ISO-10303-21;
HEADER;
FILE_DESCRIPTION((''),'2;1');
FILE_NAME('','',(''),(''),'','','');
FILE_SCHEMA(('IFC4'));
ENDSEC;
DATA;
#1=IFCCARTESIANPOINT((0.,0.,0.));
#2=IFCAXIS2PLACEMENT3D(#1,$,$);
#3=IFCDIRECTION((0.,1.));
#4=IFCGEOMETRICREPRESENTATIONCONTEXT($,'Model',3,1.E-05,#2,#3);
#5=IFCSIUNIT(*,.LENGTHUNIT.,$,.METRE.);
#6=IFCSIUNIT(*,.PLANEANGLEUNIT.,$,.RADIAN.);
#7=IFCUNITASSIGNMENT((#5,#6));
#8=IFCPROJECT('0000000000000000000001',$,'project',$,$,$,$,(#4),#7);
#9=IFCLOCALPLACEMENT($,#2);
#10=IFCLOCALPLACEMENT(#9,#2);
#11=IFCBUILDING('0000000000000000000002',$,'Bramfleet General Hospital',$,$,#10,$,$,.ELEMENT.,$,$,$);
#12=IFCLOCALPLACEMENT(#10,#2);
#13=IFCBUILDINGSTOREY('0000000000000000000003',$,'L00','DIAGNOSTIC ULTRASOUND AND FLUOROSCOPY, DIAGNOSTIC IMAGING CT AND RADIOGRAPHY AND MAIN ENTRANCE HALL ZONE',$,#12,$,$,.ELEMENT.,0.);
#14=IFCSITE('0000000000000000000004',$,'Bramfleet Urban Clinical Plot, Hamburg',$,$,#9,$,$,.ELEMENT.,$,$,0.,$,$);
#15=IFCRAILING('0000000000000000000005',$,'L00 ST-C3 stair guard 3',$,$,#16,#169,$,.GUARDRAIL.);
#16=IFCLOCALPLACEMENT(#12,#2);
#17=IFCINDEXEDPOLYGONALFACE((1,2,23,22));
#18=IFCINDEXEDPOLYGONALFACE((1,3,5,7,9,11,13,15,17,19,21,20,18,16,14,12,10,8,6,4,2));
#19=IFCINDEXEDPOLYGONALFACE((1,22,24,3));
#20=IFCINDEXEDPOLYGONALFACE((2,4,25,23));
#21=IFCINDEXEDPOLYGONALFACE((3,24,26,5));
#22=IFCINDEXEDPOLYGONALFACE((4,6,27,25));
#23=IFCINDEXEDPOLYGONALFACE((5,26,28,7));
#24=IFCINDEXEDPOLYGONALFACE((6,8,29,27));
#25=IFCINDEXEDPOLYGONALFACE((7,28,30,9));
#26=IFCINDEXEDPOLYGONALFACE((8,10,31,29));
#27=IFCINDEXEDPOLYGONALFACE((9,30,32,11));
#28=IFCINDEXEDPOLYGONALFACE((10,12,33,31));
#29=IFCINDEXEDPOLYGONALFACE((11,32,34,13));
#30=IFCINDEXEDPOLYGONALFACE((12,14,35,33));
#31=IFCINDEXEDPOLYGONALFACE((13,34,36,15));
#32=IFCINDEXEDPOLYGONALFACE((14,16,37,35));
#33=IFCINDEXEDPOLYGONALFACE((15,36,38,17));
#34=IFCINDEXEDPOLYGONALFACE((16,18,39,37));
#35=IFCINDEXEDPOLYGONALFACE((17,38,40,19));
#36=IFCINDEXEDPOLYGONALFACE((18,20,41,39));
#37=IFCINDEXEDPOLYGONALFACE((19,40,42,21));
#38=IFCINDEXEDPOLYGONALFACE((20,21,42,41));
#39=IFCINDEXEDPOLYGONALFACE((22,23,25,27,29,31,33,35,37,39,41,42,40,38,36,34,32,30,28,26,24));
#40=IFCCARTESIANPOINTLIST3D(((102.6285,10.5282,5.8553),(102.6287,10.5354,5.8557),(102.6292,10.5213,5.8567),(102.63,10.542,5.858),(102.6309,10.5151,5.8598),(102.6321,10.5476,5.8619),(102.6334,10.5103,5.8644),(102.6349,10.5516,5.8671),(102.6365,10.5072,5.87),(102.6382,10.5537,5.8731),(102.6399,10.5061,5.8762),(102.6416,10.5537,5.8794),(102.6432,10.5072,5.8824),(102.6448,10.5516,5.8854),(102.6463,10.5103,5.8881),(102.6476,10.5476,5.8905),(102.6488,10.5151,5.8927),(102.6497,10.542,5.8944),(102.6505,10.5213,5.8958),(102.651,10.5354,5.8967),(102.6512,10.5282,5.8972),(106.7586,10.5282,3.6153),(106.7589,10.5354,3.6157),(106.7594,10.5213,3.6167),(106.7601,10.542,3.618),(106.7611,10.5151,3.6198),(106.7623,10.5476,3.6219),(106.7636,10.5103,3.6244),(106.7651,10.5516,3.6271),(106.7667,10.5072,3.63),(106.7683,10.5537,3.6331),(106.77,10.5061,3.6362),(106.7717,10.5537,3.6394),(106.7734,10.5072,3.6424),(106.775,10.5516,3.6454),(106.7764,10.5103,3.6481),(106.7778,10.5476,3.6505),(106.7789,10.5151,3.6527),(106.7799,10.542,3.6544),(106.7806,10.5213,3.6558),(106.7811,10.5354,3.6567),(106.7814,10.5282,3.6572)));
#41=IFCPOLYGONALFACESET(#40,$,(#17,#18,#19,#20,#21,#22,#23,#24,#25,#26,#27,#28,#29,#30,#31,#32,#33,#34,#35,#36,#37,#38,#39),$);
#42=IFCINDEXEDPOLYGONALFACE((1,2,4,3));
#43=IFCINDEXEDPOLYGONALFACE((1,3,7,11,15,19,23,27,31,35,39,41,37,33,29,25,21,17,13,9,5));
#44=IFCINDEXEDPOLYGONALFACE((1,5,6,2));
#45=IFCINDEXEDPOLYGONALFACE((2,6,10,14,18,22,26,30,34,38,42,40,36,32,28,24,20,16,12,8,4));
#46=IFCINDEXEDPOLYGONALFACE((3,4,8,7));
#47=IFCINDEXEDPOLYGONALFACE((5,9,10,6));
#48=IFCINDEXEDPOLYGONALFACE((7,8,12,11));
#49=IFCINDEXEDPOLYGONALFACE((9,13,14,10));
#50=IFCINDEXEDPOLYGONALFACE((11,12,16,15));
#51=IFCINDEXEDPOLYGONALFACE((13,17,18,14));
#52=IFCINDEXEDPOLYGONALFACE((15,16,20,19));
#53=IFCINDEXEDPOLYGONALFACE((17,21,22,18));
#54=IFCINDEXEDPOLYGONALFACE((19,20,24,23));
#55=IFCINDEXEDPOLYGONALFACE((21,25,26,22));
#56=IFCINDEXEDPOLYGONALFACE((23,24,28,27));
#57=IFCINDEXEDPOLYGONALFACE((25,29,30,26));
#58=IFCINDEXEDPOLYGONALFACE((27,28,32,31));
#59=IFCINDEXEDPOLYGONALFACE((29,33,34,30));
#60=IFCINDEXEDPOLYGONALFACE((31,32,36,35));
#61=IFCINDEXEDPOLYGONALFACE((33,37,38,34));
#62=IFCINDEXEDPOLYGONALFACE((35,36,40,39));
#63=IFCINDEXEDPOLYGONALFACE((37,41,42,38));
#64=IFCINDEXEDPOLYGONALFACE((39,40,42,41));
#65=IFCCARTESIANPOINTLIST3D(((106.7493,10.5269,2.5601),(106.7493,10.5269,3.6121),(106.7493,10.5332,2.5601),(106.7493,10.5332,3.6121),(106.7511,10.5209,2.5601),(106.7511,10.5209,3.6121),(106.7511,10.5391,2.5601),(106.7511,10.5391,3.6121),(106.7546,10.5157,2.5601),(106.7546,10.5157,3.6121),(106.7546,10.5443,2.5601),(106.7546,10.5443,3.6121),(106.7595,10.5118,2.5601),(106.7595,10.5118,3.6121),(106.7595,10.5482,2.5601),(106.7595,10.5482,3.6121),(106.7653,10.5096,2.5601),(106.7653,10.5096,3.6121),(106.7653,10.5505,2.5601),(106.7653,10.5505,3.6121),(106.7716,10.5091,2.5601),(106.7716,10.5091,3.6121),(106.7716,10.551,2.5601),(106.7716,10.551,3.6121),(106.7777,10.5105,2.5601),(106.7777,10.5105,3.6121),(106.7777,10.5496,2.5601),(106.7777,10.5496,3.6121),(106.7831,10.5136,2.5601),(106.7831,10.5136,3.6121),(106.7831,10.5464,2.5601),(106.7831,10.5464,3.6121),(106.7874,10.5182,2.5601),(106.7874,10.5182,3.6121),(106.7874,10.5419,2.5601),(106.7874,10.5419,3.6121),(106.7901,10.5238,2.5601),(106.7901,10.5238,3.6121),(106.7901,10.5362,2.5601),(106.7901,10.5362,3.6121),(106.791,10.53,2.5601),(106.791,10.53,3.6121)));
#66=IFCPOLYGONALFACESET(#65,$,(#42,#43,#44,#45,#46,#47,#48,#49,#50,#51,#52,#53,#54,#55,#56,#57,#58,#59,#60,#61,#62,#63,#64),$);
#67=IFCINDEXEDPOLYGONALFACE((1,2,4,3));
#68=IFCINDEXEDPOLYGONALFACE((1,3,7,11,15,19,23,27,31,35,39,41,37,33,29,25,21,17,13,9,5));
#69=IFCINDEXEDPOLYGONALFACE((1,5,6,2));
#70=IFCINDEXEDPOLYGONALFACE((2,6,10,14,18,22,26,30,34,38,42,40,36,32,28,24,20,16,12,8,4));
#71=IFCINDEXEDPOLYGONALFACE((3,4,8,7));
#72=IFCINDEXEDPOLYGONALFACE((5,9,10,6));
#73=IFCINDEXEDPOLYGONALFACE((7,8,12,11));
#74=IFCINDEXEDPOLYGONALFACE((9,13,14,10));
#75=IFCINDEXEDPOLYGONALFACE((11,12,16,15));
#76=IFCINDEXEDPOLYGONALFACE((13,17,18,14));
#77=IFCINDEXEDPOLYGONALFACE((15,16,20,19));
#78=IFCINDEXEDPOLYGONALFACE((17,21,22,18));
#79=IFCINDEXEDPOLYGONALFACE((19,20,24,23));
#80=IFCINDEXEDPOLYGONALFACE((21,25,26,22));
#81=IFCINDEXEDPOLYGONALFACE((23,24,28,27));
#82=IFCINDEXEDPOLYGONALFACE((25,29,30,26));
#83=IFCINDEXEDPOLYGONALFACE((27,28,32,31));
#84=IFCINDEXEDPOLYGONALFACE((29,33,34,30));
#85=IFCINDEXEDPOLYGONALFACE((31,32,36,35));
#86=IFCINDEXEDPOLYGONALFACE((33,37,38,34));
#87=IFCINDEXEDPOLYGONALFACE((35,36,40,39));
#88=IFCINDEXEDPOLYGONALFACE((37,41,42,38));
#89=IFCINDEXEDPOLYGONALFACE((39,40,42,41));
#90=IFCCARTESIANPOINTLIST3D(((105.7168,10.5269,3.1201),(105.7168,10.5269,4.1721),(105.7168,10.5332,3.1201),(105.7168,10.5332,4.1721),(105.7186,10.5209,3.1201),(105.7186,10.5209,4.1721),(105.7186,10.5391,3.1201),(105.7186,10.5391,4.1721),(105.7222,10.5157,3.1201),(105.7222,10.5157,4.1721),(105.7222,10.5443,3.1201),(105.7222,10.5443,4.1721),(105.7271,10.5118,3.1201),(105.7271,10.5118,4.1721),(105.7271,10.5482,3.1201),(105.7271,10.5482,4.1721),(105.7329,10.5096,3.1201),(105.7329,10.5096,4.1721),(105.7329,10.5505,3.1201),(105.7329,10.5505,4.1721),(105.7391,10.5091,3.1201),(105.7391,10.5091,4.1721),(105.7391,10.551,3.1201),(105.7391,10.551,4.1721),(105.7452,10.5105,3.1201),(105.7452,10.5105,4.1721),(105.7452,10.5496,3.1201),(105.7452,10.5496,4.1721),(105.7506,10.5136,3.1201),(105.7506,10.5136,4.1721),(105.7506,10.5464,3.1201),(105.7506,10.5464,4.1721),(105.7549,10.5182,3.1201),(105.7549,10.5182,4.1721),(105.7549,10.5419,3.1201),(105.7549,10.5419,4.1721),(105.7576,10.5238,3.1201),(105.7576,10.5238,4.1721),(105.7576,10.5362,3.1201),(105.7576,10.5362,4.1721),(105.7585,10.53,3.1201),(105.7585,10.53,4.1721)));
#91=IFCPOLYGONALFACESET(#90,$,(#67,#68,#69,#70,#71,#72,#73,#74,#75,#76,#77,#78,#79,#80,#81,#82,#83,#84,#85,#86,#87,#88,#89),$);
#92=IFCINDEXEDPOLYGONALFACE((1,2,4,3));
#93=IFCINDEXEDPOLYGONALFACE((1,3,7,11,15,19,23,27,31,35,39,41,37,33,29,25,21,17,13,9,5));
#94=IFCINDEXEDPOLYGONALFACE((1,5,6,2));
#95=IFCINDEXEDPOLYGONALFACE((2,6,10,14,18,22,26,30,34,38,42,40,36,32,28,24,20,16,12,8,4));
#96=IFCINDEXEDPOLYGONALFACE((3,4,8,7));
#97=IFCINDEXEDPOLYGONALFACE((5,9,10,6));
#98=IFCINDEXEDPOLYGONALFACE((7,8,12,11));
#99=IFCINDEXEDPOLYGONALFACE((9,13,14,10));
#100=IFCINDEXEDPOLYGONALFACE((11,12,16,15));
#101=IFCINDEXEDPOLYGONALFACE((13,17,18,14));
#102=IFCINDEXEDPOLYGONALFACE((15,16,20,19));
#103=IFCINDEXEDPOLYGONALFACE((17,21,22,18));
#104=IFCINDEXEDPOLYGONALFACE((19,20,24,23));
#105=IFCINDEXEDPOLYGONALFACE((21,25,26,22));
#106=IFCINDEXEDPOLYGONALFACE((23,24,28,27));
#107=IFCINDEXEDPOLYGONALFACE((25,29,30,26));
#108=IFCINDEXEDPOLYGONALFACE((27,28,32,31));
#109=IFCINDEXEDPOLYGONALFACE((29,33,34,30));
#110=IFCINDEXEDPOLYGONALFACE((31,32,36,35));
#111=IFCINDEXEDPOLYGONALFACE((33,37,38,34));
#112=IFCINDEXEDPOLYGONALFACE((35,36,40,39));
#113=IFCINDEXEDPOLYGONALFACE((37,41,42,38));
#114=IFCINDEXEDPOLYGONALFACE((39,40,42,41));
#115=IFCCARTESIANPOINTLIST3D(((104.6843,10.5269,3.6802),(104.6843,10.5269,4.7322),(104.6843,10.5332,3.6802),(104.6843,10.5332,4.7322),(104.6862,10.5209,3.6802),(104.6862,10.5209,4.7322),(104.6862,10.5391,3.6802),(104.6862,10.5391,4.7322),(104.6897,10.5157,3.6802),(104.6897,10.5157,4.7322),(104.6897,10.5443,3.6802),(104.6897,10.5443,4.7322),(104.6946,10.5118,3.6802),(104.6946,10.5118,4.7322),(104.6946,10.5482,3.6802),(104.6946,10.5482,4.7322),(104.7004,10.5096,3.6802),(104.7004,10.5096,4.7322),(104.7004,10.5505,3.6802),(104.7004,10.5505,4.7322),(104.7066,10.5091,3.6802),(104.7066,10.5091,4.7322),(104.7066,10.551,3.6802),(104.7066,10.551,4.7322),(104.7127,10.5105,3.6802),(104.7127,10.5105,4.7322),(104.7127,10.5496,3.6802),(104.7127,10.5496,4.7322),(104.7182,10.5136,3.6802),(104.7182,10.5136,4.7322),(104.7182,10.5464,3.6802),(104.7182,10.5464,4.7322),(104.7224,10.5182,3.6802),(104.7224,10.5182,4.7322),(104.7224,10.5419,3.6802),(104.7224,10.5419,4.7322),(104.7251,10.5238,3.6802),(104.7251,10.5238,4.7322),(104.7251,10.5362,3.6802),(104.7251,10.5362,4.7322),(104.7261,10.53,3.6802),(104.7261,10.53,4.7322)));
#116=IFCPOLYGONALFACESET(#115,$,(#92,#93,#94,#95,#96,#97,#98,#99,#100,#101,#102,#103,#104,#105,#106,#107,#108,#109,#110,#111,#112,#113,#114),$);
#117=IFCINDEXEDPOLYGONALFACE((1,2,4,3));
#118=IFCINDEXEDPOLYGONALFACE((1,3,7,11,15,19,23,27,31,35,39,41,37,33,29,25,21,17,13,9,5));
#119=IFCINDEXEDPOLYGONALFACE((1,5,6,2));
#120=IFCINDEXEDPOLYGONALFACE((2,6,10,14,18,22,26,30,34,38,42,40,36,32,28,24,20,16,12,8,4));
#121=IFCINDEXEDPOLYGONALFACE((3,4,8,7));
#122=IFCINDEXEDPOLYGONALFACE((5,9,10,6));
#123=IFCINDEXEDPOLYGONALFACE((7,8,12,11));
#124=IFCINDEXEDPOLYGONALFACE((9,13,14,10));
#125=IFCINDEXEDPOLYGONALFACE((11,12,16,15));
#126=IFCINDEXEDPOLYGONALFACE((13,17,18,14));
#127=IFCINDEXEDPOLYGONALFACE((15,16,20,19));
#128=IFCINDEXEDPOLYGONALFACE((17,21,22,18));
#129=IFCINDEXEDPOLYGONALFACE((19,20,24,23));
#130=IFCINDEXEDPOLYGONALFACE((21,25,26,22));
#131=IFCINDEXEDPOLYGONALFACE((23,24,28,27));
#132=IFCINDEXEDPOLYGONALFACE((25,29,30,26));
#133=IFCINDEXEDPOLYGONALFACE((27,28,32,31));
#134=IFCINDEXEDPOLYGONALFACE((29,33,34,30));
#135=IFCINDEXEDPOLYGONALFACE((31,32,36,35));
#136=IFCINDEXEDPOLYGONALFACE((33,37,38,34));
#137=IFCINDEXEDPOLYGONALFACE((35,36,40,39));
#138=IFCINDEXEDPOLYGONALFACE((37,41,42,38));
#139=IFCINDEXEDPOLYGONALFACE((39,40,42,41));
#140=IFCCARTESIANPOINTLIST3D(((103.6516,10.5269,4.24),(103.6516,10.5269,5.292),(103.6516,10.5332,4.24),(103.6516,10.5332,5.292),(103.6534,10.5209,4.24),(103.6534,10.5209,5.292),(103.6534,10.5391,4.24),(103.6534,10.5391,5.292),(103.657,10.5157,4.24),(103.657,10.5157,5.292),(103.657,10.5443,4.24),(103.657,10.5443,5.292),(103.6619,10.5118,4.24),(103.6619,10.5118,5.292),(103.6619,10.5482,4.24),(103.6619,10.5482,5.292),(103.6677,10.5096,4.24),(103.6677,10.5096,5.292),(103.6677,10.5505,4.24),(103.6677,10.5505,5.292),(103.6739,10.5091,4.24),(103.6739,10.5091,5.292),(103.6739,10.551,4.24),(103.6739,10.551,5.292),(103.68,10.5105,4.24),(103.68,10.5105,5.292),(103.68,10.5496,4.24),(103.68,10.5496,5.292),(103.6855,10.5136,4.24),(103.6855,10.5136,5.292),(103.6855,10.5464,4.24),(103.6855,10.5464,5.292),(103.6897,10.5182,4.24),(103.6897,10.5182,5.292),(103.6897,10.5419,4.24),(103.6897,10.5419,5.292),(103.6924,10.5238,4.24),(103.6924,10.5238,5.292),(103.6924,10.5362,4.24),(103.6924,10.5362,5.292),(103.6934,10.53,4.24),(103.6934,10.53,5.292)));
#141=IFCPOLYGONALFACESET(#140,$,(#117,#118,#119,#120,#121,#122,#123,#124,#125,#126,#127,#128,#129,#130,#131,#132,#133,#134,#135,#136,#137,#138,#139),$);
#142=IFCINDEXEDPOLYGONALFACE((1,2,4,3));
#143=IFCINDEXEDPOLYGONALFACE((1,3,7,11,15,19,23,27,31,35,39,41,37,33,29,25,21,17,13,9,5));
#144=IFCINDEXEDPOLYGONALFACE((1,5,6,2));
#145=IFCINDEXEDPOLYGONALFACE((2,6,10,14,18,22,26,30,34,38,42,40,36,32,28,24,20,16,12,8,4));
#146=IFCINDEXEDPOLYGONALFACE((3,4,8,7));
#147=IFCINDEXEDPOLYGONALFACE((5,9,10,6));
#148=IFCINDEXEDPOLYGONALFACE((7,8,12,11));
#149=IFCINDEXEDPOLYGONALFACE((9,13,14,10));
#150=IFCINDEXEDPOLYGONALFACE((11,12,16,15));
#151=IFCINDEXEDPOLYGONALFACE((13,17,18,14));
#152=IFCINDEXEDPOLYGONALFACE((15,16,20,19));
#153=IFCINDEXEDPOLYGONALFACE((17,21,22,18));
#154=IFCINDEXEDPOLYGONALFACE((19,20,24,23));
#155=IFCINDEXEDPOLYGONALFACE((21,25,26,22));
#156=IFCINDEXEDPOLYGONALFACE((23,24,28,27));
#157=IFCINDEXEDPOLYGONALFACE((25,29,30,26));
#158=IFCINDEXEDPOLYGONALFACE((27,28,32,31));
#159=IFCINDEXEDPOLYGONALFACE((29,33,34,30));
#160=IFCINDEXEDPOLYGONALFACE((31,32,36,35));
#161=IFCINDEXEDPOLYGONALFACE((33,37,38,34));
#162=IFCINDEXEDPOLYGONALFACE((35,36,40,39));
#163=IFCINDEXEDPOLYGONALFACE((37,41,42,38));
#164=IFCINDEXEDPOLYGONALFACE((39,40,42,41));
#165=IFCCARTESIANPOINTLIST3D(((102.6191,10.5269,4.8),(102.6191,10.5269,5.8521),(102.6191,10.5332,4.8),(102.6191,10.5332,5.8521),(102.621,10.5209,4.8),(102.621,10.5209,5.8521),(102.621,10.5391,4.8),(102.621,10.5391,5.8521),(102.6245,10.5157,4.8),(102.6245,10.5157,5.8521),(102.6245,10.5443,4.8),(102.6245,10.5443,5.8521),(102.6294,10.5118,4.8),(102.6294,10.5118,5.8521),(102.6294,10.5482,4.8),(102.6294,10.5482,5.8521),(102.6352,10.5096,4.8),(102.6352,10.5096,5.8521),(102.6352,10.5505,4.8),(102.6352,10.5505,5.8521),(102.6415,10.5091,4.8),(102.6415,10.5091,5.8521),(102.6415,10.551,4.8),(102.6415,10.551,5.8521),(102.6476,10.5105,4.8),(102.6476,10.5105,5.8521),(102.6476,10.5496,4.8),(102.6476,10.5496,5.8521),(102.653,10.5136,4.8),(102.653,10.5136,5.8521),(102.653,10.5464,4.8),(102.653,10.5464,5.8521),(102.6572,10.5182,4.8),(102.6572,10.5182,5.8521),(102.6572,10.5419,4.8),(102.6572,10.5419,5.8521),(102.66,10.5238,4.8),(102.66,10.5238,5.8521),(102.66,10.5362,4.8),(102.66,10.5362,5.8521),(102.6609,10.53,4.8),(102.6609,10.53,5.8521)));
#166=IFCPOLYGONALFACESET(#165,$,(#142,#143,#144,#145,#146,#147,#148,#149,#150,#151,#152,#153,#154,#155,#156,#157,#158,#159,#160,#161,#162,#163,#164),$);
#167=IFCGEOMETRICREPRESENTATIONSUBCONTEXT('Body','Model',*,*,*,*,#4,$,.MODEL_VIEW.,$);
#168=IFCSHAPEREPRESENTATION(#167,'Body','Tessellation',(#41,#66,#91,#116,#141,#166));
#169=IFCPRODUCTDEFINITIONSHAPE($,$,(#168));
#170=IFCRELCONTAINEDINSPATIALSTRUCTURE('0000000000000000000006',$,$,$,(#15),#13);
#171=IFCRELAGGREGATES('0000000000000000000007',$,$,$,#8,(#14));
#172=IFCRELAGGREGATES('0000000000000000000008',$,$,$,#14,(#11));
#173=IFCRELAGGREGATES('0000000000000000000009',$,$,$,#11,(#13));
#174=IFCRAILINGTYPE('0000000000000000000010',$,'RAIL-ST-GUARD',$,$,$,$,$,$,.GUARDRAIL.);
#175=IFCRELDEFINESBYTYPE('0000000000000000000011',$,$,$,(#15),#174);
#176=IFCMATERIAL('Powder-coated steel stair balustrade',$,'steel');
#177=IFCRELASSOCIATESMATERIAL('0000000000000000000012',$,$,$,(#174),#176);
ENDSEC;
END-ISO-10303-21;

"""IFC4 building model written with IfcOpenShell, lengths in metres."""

from ifc_helpers import new_model, si_unit, direction, frame, origin, origin_2d, place, context, subcontext, project, spatial, circle, extrude, material, type_object, element, save


model = new_model("IFC4")

# Units and contexts
model_context = context("Model", 3, precision=1e-05, world=origin(), true_north=direction((0.0, 1.0)))
body_context = subcontext(model_context, "Body", "Model", "MODEL_VIEW")
ifc_project = project(units=[si_unit("LENGTHUNIT", "METRE"), si_unit("PLANEANGLEUNIT", "RADIAN")], contexts=[model_context])

# Site, building, storey
site_placement = place(None, origin())
site = spatial("IfcSite", under=ifc_project, at=site_placement, Name="Bramfleet Urban Clinical Plot, Hamburg", CompositionType="ELEMENT", RefElevation=0.0)
building_placement = place(site_placement, origin())
building = spatial("IfcBuilding", under=site, at=building_placement, Name="Bramfleet General Hospital", CompositionType="ELEMENT")
storey_placement = place(building_placement, origin())
storey = spatial("IfcBuildingStorey", under=building, at=storey_placement, Name="L00", Description="DIAGNOSTIC ULTRASOUND AND FLUOROSCOPY, DIAGNOSTIC IMAGING CT AND RADIOGRAPHY AND MAIN ENTRANCE HALL ZONE", CompositionType="ELEMENT", Elevation=0.0)

# Railing
ifc_material_1 = material(Name="Powder-coated steel stair balustrade", Category="steel")
railing_type_1 = type_object("IfcRailingType", Name="RAIL-ST-GUARD", PredefinedType="GUARDRAIL", material=ifc_material_1)
railing_1_placement = place(storey_placement, frame((106.77, 10.53, 2.5601)))
element("IfcRailing", 1, at=railing_1_placement, inside=storey, type_object=railing_type_1, Name="L00 ST-C3 stair guard 3", PredefinedType="GUARDRAIL", context=body_context, shape_type="SweptSolid", body=[
    extrude(circle(Radius=0.0239, at=origin_2d()), frame((0.0, 0.0, 1.0762), z_axis=(-0.879039, 0.0, 0.47675), x_axis=(0.0, -1.0, 0.0)), (0.0, 0.0, 1.0), 4.6985),
    extrude(circle(Radius=0.021, at=origin_2d()), origin(), (0.0, 0.0, 1.0), 1.052),
    extrude(circle(Radius=0.021, at=origin_2d()), frame((-1.0325, 0.0, 0.5601)), (0.0, 0.0, 1.0), 1.052),
    extrude(circle(Radius=0.021, at=origin_2d()), frame((-2.0649, 0.0, 1.1201)), (0.0, 0.0, 1.0), 1.052),
    extrude(circle(Radius=0.021, at=origin_2d()), frame((-3.0977, 0.0, 1.6799)), (0.0, 0.0, 1.0), 1.052),
    extrude(circle(Radius=0.021, at=origin_2d()), frame((-4.1301, 0.0, 2.24)), (0.0, 0.0, 1.0), 1.052),
])

save(model, "model.ifc")
